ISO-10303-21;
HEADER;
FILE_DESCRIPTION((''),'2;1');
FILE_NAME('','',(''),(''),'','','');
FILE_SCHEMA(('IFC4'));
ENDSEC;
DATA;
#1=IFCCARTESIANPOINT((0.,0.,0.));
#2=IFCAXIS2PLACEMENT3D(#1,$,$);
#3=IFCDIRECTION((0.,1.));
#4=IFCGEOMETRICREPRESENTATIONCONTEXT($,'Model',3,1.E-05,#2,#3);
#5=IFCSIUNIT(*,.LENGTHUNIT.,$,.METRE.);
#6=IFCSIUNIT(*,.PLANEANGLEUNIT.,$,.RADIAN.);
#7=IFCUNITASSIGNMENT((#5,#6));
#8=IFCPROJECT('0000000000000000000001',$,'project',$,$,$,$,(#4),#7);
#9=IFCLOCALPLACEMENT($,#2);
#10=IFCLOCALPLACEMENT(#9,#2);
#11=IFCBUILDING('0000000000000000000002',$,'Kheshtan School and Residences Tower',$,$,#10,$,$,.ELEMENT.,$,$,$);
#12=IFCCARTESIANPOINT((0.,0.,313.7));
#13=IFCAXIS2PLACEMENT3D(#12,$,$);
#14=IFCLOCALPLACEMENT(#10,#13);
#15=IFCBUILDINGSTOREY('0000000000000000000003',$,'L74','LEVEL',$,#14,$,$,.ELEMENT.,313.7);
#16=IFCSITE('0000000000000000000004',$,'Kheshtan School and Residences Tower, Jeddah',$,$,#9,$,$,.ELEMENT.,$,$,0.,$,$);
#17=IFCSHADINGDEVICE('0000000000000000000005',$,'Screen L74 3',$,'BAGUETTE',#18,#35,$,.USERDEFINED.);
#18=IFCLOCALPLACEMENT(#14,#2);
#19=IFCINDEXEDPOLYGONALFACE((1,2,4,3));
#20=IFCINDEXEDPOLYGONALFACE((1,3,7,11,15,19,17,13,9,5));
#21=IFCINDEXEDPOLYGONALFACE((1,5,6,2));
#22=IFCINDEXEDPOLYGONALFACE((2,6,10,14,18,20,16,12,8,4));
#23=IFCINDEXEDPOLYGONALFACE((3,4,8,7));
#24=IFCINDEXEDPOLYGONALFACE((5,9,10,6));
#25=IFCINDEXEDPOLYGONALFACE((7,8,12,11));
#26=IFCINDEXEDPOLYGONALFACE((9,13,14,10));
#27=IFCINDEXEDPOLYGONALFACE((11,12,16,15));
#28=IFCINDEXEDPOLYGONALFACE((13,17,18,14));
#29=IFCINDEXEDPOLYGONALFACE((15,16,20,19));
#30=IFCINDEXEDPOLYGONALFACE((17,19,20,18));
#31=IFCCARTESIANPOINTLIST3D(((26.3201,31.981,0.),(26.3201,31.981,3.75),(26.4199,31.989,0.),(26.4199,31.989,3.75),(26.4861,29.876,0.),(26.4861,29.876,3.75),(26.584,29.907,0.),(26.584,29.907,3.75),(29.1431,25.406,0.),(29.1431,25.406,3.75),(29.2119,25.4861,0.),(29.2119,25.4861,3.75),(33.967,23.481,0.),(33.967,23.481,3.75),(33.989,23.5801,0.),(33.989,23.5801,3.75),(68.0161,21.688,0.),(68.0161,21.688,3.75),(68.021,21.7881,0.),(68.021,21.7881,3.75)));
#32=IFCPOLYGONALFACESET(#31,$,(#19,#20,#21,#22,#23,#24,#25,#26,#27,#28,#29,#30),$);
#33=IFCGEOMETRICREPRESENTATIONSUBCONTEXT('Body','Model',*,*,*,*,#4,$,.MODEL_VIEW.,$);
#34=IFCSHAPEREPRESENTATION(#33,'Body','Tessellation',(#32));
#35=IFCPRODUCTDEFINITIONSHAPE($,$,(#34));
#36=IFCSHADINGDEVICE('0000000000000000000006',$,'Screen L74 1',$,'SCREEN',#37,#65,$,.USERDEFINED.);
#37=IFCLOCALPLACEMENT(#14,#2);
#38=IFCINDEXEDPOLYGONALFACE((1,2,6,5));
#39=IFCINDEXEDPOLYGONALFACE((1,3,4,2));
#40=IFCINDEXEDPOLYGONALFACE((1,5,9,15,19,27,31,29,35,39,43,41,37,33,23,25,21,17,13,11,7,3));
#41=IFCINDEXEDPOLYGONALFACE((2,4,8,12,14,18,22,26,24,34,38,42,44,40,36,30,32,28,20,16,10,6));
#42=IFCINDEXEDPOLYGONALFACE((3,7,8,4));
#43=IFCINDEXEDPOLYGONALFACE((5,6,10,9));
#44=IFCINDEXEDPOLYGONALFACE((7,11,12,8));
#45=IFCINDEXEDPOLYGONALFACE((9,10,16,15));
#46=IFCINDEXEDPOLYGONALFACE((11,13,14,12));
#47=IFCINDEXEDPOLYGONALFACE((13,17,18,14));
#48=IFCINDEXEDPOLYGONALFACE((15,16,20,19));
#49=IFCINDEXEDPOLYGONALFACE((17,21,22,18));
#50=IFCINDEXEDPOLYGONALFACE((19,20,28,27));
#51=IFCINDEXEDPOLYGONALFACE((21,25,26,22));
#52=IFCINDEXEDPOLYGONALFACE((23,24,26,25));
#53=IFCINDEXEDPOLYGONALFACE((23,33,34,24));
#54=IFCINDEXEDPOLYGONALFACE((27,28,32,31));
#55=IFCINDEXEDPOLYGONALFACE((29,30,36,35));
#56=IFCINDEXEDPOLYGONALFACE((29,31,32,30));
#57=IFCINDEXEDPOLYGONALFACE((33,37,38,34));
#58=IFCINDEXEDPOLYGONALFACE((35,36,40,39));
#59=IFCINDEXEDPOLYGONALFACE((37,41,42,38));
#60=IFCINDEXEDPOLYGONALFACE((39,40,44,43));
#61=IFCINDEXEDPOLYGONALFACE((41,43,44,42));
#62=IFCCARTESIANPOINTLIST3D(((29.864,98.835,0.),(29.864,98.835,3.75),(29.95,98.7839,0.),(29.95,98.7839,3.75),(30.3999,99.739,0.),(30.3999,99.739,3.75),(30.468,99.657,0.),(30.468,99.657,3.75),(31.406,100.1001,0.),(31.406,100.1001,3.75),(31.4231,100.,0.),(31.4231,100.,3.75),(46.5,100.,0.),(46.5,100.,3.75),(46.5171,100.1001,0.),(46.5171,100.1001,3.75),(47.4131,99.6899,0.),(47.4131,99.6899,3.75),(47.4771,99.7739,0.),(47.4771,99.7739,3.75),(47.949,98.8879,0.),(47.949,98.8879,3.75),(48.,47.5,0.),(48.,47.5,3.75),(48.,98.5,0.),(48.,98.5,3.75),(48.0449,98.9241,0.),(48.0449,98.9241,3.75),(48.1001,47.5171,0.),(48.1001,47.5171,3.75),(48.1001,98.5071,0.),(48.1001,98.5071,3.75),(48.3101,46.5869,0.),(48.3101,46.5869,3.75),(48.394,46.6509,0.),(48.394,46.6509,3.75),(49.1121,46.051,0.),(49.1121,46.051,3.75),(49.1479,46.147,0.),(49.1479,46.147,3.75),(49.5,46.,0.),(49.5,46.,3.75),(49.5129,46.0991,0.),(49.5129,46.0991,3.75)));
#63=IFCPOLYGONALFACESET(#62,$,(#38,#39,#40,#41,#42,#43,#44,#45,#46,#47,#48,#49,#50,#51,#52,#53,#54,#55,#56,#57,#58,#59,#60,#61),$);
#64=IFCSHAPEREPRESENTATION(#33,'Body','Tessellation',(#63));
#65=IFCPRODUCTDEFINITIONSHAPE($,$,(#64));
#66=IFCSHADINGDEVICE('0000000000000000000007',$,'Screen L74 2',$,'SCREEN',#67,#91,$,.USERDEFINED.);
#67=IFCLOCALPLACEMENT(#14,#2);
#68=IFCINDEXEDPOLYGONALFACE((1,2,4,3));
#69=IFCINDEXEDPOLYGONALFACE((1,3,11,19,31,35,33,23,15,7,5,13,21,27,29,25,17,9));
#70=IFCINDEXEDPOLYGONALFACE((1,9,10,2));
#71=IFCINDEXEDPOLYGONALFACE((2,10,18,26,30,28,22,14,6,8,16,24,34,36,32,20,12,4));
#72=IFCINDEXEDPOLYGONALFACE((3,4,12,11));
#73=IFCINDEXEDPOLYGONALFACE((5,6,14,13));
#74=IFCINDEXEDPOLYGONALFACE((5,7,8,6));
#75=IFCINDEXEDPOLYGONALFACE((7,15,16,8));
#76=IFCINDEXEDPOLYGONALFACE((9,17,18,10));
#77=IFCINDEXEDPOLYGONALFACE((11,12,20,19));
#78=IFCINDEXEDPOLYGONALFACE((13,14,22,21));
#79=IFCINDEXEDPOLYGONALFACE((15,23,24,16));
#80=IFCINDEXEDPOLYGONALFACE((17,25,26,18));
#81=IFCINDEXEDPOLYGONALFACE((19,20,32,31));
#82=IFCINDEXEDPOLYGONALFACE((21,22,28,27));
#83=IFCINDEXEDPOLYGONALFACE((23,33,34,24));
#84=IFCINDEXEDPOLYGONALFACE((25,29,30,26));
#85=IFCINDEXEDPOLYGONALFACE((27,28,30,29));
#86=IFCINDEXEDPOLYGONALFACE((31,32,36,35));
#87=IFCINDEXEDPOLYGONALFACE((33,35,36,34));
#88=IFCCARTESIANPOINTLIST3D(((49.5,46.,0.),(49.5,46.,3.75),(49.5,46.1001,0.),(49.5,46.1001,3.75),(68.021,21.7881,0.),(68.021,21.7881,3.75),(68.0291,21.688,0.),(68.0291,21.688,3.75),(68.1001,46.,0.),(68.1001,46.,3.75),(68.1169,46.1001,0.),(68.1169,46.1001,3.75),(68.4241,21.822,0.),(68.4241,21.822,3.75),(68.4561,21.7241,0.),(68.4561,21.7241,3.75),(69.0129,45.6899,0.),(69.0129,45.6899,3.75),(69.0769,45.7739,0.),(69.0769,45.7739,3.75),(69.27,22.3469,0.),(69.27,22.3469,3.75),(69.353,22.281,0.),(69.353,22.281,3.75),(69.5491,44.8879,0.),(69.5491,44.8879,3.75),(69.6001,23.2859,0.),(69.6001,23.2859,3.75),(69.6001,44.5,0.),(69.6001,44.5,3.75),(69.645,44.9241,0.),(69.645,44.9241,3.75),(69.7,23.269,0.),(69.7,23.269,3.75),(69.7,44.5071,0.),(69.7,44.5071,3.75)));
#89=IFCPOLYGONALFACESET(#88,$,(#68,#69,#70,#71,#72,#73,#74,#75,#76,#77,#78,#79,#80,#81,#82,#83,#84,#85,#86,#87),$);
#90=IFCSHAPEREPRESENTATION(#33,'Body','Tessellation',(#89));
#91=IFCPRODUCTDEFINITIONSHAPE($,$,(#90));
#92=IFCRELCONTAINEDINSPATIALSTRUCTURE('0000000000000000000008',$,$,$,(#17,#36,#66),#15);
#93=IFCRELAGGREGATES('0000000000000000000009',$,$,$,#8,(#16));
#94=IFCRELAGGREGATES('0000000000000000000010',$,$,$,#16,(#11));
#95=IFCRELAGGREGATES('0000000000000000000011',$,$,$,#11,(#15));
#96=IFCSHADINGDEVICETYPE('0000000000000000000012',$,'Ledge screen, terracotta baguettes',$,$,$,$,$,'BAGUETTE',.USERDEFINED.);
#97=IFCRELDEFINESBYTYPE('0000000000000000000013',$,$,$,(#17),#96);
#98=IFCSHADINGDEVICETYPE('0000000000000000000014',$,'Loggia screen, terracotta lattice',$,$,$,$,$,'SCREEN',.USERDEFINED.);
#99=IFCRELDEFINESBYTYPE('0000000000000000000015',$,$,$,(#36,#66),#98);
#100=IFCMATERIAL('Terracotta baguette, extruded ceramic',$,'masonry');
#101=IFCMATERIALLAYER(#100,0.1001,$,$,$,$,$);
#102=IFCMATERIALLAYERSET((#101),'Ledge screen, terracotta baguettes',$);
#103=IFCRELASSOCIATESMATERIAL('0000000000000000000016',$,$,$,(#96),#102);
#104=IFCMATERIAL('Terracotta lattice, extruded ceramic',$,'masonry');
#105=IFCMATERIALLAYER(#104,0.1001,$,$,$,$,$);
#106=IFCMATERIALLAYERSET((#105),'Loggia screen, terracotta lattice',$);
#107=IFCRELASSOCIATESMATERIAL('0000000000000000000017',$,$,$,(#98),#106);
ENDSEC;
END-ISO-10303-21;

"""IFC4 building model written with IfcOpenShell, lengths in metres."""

from ifc_helpers import new_model, si_unit, direction, frame, origin, place, context, subcontext, project, spatial, polyline, outline, extrude, material, layer, layer_set, type_object, element, save


model = new_model("IFC4")

# Units and contexts
model_context = context("Model", 3, precision=1e-05, world=origin(), true_north=direction((0.0, 1.0)))
body_context = subcontext(model_context, "Body", "Model", "MODEL_VIEW")
ifc_project = project(units=[si_unit("LENGTHUNIT", "METRE"), si_unit("PLANEANGLEUNIT", "RADIAN")], contexts=[model_context])

# Site, building, storey
site_placement = place(None, origin())
site = spatial("IfcSite", under=ifc_project, at=site_placement, Name="Kheshtan School and Residences Tower, Jeddah", CompositionType="ELEMENT", RefElevation=0.0)
building_placement = place(site_placement, origin())
building = spatial("IfcBuilding", under=site, at=building_placement, Name="Kheshtan School and Residences Tower", CompositionType="ELEMENT")
storey_placement = place(building_placement, frame((0.0, 0.0, 313.7)))
storey = spatial("IfcBuildingStorey", under=building, at=storey_placement, Name="L74", Description="LEVEL", CompositionType="ELEMENT", Elevation=313.7)

# Shading devices
ifc_material_1 = material(Name="Terracotta baguette, extruded ceramic", Category="masonry")
ifc_layer_1 = layer(ifc_material_1, 0.1001)
ifc_layer_set_1 = layer_set([ifc_layer_1], Name="Ledge screen, terracotta baguettes")
shading_device_type_1 = type_object("IfcShadingDeviceType", Name="Ledge screen, terracotta baguettes", ElementType="BAGUETTE", PredefinedType="USERDEFINED", material=ifc_layer_set_1)
shading_device_1_placement = place(storey_placement, origin())
element("IfcShadingDevice", 1, at=shading_device_1_placement, inside=storey, type_object=shading_device_type_1, Name="Screen L74 3", ObjectType="BAGUETTE", PredefinedType="USERDEFINED", context=body_context, shape_type="SweptSolid", body=[
    extrude(outline(polyline([(68.021, 21.7881), (33.989, 23.5801), (29.2119, 25.4861), (26.584, 29.907), (26.4199, 31.989), (26.3201, 31.981), (26.4861, 29.876), (29.1431, 25.406), (33.967, 23.481), (68.0161, 21.688), (68.021, 21.7881)])), origin(), (0.0, 0.0, 1.0), 3.75),
])
ifc_material_2 = material(Name="Terracotta lattice, extruded ceramic", Category="masonry")
ifc_layer_2 = layer(ifc_material_2, 0.1001)
ifc_layer_set_2 = layer_set([ifc_layer_2], Name="Loggia screen, terracotta lattice")
shading_device_type_2 = type_object("IfcShadingDeviceType", Name="Loggia screen, terracotta lattice", ElementType="SCREEN", PredefinedType="USERDEFINED", material=ifc_layer_set_2)
shading_device_2_placement = place(storey_placement, origin())
element("IfcShadingDevice", 2, at=shading_device_2_placement, inside=storey, type_object=shading_device_type_2, Name="Screen L74 1", ObjectType="SCREEN", PredefinedType="USERDEFINED", context=body_context, shape_type="SweptSolid", body=[
    extrude(outline(polyline([(29.95, 98.7839), (30.468, 99.657), (31.4231, 100.0), (46.5, 100.0), (47.4131, 99.6899), (47.949, 98.8879), (48.0, 98.5), (48.0, 47.5), (48.3101, 46.5869), (49.1121, 46.051), (49.5, 46.0), (49.5129, 46.0991), (49.1479, 46.147), (48.394, 46.6509), (48.1001, 47.5171), (48.1001, 98.5071), (48.0449, 98.9241), (47.4771, 99.7739), (46.5171, 100.1001), (31.406, 100.1001), (30.3999, 99.739), (29.864, 98.835), (29.95, 98.7839)])), origin(), (0.0, 0.0, 1.0), 3.75),
])
shading_device_3_placement = place(storey_placement, origin())
element("IfcShadingDevice", 3, at=shading_device_3_placement, inside=storey, type_object=shading_device_type_2, Name="Screen L74 2", ObjectType="SCREEN", PredefinedType="USERDEFINED", context=body_context, shape_type="SweptSolid", body=[
    extrude(outline(polyline([(49.5, 46.0), (68.1001, 46.0), (69.0129, 45.6899), (69.5491, 44.8879), (69.6001, 44.5), (69.6001, 23.2859), (69.27, 22.3469), (68.4241, 21.822), (68.021, 21.7881), (68.0291, 21.688), (68.4561, 21.7241), (69.353, 22.281), (69.7, 23.269), (69.7, 44.5071), (69.645, 44.9241), (69.0769, 45.7739), (68.1169, 46.1001), (49.5, 46.1001), (49.5, 46.0)])), origin(), (0.0, 0.0, 1.0), 3.75),
])

save(model, "model.ifc")
